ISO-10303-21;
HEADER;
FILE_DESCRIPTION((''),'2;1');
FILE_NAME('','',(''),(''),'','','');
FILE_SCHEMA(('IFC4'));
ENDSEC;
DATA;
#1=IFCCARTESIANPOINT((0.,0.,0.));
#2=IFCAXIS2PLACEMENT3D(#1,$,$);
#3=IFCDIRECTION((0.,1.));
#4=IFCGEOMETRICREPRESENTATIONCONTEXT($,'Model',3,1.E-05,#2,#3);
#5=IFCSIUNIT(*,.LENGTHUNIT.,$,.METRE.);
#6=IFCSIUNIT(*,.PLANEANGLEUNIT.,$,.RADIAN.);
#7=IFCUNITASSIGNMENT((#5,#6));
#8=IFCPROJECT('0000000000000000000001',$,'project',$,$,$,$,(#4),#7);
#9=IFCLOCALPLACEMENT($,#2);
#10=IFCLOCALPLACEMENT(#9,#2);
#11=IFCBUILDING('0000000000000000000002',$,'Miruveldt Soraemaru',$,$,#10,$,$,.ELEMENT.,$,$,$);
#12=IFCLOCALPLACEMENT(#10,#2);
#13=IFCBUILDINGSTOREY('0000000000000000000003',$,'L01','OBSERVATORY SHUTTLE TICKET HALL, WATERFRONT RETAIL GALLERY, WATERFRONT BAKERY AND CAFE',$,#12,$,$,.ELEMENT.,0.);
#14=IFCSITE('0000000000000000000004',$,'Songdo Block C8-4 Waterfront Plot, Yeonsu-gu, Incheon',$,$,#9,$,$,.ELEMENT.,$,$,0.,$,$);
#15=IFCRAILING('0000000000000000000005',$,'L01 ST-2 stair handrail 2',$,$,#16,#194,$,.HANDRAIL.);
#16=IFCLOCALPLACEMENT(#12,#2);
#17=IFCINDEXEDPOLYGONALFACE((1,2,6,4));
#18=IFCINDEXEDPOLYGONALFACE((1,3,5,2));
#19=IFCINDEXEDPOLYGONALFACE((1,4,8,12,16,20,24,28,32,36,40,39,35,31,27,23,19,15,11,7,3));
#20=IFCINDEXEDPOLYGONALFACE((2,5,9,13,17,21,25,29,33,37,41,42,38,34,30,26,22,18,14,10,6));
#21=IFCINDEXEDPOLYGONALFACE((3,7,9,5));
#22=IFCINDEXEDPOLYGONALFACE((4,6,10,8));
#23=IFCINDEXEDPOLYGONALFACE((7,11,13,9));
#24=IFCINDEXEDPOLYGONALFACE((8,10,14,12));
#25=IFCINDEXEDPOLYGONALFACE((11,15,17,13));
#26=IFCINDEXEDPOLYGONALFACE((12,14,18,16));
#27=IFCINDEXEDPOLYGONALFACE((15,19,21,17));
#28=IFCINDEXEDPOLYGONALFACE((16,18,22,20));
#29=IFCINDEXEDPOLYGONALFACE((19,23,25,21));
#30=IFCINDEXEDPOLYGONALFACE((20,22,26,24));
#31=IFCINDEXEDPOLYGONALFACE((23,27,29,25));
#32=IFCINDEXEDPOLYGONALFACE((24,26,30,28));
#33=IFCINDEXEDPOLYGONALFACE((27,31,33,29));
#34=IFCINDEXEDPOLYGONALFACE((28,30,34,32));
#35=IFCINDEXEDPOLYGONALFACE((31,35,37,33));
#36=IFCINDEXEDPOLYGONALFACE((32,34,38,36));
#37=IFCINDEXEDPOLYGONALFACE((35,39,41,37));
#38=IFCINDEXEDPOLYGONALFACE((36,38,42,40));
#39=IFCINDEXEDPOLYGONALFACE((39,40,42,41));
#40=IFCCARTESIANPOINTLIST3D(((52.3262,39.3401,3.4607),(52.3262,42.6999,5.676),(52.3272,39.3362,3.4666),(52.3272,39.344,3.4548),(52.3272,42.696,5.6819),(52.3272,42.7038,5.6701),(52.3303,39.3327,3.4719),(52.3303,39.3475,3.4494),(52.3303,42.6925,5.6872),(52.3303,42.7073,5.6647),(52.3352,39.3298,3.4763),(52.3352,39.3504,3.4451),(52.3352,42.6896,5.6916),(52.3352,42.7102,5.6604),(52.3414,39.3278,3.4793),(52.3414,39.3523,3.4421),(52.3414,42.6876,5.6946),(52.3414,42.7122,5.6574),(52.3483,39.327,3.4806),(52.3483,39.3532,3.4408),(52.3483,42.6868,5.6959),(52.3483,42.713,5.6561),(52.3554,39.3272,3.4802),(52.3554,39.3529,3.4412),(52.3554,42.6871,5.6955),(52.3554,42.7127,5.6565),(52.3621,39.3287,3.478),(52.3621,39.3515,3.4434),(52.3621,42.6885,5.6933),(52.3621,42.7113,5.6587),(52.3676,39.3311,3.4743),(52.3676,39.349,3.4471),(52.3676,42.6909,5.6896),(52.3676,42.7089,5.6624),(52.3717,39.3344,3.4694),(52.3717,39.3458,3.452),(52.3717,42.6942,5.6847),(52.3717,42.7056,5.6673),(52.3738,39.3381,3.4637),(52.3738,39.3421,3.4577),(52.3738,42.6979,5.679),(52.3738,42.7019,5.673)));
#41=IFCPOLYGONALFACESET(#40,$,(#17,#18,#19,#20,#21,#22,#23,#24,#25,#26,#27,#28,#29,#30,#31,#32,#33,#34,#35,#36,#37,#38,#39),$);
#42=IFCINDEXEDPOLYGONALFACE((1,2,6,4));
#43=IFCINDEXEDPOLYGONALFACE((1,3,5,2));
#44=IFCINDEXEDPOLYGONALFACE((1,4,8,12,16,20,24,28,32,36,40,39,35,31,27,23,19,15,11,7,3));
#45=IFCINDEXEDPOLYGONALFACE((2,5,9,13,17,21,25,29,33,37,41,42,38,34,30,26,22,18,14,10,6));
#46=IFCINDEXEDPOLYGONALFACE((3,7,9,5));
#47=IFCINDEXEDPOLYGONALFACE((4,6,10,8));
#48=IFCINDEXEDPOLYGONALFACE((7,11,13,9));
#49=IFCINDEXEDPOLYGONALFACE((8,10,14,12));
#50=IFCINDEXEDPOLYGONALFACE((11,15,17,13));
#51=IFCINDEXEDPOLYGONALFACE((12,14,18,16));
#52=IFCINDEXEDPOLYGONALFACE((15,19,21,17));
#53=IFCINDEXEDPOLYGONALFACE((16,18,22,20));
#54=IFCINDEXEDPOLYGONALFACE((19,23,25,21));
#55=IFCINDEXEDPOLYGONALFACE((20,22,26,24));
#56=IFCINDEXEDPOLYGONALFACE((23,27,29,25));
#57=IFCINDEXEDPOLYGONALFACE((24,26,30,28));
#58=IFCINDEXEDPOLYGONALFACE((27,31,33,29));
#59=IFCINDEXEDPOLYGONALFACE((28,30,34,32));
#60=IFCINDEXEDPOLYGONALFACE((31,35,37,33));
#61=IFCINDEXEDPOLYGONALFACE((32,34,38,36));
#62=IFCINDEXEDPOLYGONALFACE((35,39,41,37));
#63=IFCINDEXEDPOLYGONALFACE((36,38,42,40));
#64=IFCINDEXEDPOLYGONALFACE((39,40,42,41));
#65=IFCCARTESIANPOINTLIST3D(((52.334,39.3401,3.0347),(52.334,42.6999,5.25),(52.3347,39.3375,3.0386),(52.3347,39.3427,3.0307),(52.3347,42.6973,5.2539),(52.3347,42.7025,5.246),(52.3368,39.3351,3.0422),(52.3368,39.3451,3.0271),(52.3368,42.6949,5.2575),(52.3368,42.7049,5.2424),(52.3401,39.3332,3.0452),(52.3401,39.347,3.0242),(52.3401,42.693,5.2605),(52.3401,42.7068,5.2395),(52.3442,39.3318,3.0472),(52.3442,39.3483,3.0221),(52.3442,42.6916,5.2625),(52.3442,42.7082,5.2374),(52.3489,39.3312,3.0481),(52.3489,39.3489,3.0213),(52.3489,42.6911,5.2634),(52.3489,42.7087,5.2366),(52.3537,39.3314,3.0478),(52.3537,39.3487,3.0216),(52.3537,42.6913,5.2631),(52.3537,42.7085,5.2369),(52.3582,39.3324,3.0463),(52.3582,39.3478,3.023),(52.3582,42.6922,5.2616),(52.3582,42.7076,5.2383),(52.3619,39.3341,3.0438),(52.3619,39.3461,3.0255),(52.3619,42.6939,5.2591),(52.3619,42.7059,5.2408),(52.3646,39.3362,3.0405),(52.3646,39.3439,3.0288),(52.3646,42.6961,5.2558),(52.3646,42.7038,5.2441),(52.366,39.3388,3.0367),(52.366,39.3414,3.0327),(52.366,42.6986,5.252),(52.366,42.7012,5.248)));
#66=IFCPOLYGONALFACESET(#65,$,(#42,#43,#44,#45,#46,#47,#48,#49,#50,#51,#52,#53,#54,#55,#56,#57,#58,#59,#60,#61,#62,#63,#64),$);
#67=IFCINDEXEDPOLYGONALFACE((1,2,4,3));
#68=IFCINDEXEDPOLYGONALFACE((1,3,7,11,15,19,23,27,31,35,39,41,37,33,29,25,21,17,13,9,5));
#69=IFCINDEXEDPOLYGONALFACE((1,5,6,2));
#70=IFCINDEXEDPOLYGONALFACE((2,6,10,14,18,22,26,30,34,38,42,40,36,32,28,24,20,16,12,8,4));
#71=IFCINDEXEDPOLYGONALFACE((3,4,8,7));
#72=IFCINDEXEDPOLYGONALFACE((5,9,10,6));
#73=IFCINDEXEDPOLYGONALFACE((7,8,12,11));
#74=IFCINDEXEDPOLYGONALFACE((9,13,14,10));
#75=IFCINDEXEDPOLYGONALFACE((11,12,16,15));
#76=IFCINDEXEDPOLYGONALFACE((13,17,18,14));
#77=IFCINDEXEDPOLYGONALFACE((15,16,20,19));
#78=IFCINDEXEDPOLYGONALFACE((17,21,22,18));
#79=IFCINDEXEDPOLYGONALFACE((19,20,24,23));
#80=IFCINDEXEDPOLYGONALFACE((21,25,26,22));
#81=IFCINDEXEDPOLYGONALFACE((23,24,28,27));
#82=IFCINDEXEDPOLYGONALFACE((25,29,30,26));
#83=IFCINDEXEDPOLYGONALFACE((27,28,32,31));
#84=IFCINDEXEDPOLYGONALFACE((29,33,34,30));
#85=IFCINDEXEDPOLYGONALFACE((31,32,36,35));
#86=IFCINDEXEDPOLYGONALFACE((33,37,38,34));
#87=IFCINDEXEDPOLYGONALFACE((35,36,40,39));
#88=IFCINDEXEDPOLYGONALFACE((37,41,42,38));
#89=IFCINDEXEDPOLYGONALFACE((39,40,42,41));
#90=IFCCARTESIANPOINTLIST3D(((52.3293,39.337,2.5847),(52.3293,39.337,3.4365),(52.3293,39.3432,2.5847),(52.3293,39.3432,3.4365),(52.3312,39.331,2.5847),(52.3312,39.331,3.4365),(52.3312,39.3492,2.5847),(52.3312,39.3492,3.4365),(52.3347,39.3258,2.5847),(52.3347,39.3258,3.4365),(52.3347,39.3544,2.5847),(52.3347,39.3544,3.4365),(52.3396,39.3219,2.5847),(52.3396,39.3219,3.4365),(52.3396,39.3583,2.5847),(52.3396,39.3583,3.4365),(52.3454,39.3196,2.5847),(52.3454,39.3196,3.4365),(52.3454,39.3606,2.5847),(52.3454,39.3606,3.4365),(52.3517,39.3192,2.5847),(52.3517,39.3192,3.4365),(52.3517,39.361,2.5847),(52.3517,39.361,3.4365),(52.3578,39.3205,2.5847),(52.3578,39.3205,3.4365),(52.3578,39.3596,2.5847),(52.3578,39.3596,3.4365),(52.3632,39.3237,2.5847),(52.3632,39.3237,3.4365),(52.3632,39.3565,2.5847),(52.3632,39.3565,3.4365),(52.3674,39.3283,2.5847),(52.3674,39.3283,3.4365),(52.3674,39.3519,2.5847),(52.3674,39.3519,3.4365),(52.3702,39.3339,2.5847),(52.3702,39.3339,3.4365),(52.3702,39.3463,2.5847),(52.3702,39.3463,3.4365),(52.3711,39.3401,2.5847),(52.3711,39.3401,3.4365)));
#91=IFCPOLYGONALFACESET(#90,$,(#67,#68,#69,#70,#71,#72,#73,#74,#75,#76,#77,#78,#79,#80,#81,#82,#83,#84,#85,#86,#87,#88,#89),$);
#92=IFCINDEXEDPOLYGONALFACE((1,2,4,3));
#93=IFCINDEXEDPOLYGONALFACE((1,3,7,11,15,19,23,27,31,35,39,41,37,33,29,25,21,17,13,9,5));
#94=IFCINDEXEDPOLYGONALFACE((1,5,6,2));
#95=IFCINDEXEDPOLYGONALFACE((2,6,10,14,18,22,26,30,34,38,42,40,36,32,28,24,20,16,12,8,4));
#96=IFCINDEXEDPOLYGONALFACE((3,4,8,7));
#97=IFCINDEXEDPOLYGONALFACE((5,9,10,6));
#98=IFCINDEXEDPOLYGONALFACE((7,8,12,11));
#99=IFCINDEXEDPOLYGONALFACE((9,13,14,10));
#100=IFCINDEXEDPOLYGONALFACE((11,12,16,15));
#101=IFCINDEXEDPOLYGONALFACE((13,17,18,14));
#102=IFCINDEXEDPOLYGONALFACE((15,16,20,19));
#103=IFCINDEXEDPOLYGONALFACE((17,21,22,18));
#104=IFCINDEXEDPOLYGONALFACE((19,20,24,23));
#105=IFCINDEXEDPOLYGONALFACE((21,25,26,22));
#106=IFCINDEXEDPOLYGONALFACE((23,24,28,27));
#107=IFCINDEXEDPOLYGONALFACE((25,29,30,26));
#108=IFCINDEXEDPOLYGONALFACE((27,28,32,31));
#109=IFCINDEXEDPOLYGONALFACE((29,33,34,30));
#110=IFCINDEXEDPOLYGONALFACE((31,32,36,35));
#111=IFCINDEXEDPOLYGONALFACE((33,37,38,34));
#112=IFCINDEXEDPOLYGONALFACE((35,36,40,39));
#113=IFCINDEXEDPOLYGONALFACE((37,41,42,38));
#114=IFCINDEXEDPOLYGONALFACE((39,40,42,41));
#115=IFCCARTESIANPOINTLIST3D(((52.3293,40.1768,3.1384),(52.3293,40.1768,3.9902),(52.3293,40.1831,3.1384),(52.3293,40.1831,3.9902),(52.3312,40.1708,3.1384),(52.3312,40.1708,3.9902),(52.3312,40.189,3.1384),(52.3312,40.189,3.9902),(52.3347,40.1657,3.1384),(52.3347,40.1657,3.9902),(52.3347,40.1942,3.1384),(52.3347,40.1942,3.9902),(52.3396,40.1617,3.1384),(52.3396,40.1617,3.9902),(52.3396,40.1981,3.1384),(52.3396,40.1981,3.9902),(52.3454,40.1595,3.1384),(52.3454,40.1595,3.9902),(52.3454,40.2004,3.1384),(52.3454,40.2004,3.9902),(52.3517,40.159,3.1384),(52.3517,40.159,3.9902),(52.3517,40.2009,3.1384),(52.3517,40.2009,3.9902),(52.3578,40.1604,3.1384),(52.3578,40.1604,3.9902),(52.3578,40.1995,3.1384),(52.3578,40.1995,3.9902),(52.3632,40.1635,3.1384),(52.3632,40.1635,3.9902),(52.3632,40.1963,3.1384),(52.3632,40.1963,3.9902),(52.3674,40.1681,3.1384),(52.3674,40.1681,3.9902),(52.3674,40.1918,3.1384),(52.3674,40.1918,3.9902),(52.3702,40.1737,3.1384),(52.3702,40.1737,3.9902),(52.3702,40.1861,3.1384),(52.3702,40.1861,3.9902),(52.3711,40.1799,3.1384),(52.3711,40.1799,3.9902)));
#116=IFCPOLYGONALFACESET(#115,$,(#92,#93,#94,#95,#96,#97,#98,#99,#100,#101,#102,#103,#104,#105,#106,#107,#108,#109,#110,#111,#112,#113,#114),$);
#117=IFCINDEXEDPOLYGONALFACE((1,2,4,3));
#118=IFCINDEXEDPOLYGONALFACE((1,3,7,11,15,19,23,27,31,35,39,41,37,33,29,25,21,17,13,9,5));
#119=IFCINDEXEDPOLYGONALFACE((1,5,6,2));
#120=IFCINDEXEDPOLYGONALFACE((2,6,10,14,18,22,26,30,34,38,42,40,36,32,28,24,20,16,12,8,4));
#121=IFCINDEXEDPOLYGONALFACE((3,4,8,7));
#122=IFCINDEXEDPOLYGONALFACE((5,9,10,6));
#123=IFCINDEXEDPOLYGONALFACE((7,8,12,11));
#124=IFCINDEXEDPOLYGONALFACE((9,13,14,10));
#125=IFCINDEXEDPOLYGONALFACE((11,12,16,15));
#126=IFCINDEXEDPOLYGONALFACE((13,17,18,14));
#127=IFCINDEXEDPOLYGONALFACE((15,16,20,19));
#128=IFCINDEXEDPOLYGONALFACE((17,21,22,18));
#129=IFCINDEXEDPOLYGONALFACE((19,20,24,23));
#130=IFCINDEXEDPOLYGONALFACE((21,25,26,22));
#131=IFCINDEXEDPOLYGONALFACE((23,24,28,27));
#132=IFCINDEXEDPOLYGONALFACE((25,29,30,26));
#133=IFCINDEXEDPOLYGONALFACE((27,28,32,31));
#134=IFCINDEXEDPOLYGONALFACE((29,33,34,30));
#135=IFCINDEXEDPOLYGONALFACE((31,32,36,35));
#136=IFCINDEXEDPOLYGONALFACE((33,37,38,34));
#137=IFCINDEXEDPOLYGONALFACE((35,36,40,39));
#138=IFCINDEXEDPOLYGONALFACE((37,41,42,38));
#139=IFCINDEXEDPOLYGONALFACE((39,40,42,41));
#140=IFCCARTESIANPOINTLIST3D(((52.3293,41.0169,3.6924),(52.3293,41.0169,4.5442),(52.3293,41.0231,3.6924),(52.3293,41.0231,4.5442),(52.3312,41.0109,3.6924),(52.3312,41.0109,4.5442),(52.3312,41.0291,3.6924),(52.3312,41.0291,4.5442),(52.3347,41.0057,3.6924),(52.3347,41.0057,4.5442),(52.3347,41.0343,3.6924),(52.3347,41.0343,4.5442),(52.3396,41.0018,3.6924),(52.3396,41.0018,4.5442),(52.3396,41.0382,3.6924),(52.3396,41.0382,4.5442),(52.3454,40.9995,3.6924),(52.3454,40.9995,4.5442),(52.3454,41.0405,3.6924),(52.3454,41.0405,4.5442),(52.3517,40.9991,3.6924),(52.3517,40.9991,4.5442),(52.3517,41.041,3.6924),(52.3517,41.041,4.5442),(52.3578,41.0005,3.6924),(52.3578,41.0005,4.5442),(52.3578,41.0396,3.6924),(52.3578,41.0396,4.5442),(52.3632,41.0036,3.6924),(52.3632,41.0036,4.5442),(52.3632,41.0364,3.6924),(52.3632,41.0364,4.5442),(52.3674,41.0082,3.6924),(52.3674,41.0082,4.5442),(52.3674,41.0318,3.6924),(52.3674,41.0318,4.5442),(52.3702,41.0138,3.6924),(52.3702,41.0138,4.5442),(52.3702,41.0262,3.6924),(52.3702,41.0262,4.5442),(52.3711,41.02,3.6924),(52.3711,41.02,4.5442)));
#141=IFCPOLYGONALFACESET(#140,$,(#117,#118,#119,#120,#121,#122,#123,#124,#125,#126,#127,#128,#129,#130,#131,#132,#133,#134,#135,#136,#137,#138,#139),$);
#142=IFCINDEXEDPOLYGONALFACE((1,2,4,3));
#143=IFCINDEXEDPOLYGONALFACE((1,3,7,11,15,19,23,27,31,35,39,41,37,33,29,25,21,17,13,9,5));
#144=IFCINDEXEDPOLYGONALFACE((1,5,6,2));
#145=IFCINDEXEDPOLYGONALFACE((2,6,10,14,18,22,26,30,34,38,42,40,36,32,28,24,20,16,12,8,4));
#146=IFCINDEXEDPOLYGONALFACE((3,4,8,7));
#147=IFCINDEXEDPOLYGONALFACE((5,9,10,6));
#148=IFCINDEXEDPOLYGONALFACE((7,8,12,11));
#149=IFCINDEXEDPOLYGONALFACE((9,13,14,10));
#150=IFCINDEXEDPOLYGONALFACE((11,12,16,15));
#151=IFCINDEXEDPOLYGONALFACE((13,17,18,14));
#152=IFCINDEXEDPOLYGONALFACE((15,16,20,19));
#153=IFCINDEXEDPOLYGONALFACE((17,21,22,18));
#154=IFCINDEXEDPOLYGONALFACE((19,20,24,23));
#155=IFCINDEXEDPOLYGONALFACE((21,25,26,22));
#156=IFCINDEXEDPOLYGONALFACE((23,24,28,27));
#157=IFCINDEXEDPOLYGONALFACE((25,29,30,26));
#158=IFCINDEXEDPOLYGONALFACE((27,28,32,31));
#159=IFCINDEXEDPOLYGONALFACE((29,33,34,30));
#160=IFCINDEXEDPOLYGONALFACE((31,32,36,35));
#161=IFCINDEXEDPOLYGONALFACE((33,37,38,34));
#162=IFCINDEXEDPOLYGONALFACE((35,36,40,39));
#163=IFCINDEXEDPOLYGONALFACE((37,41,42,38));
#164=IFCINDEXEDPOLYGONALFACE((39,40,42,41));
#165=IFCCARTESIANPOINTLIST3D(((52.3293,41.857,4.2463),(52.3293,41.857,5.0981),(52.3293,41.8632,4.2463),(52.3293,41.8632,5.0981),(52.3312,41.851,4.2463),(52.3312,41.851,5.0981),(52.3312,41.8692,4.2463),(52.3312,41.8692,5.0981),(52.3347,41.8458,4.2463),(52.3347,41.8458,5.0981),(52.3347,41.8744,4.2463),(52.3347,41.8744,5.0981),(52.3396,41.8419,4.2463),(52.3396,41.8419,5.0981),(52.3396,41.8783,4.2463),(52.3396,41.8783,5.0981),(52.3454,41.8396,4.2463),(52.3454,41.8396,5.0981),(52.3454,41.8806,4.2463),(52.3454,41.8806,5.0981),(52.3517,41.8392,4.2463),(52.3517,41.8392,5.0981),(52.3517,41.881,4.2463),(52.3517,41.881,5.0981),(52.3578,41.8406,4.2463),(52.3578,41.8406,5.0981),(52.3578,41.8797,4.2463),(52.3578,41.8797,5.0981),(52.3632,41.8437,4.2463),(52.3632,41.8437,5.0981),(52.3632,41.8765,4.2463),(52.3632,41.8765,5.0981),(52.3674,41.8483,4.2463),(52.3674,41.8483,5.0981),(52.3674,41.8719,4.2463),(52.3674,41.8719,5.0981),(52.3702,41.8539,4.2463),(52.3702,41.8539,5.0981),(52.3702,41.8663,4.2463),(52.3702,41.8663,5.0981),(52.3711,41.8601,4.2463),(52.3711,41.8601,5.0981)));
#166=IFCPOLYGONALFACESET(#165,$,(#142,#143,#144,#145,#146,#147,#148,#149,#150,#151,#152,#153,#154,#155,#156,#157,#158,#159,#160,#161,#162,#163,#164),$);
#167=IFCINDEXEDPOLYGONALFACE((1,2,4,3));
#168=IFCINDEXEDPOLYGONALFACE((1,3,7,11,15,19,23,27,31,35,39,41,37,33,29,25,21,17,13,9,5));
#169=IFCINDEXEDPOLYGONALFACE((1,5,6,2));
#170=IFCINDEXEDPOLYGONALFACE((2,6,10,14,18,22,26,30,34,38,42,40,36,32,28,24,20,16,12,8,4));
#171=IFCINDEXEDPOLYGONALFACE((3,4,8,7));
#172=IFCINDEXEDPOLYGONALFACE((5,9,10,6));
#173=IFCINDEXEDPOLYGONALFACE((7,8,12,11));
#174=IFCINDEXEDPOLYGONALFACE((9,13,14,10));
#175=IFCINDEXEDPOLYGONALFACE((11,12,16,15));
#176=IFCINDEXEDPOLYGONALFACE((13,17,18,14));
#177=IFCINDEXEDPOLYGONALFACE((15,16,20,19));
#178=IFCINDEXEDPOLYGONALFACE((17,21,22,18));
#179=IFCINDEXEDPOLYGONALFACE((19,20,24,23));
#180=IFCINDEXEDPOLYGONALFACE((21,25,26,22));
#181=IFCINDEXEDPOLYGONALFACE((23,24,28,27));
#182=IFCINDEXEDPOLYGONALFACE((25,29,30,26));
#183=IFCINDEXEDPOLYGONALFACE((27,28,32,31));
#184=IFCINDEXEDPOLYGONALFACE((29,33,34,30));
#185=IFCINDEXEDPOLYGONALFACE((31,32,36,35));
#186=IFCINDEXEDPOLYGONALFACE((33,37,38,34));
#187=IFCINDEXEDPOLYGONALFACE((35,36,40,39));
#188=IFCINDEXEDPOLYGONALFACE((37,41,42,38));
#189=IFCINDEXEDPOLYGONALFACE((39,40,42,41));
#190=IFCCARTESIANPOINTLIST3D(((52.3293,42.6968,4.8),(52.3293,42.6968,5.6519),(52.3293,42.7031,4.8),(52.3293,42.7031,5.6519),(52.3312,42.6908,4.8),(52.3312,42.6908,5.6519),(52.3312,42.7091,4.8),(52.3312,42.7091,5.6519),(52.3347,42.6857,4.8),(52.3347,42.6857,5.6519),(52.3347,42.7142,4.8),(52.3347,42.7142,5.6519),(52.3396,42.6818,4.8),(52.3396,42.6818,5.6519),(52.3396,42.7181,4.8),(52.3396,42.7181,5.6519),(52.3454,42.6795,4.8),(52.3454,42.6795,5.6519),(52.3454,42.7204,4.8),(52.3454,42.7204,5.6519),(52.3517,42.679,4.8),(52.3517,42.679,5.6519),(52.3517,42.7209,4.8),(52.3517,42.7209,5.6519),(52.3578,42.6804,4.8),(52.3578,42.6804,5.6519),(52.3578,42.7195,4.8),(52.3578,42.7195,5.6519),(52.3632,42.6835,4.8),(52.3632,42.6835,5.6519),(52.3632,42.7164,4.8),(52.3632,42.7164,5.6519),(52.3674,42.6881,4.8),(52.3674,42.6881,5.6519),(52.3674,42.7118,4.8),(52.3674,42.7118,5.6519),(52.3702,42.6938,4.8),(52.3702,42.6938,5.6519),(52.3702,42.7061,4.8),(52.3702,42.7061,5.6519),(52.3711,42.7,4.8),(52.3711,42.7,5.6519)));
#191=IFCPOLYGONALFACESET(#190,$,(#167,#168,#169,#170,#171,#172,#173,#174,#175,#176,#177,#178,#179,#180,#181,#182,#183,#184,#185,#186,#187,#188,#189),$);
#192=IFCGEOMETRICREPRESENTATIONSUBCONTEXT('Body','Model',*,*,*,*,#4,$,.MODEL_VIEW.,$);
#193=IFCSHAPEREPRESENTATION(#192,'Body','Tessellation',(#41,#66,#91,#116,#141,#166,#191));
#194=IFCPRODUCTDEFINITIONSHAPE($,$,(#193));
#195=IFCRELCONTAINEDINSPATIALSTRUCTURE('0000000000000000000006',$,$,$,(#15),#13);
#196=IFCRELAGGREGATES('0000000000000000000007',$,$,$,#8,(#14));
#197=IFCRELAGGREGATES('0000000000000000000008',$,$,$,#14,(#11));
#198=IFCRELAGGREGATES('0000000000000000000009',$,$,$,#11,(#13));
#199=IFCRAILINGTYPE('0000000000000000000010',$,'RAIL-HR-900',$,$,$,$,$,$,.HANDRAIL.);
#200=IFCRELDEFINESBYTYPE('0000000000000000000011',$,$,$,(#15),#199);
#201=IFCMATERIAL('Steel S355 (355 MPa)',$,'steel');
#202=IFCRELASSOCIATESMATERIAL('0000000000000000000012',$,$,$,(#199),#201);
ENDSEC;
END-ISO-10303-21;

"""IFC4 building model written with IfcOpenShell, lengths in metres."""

from ifc_helpers import new_model, si_unit, direction, frame, origin, origin_2d, place, context, subcontext, project, spatial, circle, extrude, material, type_object, element, save


model = new_model("IFC4")

# Units and contexts
model_context = context("Model", 3, precision=1e-05, world=origin(), true_north=direction((0.0, 1.0)))
body_context = subcontext(model_context, "Body", "Model", "MODEL_VIEW")
ifc_project = project(units=[si_unit("LENGTHUNIT", "METRE"), si_unit("PLANEANGLEUNIT", "RADIAN")], contexts=[model_context])

# Site, building, storey
site_placement = place(None, origin())
site = spatial("IfcSite", under=ifc_project, at=site_placement, Name="Songdo Block C8-4 Waterfront Plot, Yeonsu-gu, Incheon", CompositionType="ELEMENT", RefElevation=0.0)
building_placement = place(site_placement, origin())
building = spatial("IfcBuilding", under=site, at=building_placement, Name="Miruveldt Soraemaru", CompositionType="ELEMENT")
storey_placement = place(building_placement, origin())
storey = spatial("IfcBuildingStorey", under=building, at=storey_placement, Name="L01", Description="OBSERVATORY SHUTTLE TICKET HALL, WATERFRONT RETAIL GALLERY, WATERFRONT BAKERY AND CAFE", CompositionType="ELEMENT", Elevation=0.0)

# Railing
ifc_material_1 = material(Name="Steel S355 (355 MPa)", Category="steel")
railing_type_1 = type_object("IfcRailingType", Name="RAIL-HR-900", PredefinedType="HANDRAIL", material=ifc_material_1)
for number, where, name in (
    (1, (52.3501, 39.3401, 2.5847), "L01 ST-2 stair handrail 2"),
):
    element("IfcRailing", number, at=place(storey_placement, frame(where)), inside=storey, type_object=railing_type_1, Name=name, PredefinedType="HANDRAIL", context=body_context, shape_type="SweptSolid", body=[
        extrude(circle(Radius=0.0239, at=origin_2d()), frame((0.0, 0.0, 0.876), z_axis=(0.0, 0.834858, 0.550465), x_axis=(-1.0, 0.0, 0.0)), (0.0, 0.0, 1.0), 4.0244),
        extrude(circle(Radius=0.0161, at=origin_2d()), frame((0.0, 0.0, 0.45), z_axis=(0.0, 0.834858, 0.550465), x_axis=(-1.0, 0.0, 0.0)), (0.0, 0.0, 1.0), 4.0244),
        extrude(circle(Radius=0.021, at=origin_2d()), origin(), (0.0, 0.0, 1.0), 0.8518),
        extrude(circle(Radius=0.021, at=origin_2d()), frame((0.0, 0.8398, 0.5537)), (0.0, 0.0, 1.0), 0.8518),
        extrude(circle(Radius=0.021, at=origin_2d()), frame((0.0, 1.6799, 1.1077)), (0.0, 0.0, 1.0), 0.8518),
        extrude(circle(Radius=0.021, at=origin_2d()), frame((0.0, 2.52, 1.6616)), (0.0, 0.0, 1.0), 0.8518),
        extrude(circle(Radius=0.021, at=origin_2d()), frame((0.0, 3.3599, 2.2153)), (0.0, 0.0, 1.0), 0.8518),
    ])

save(model, "model.ifc")
